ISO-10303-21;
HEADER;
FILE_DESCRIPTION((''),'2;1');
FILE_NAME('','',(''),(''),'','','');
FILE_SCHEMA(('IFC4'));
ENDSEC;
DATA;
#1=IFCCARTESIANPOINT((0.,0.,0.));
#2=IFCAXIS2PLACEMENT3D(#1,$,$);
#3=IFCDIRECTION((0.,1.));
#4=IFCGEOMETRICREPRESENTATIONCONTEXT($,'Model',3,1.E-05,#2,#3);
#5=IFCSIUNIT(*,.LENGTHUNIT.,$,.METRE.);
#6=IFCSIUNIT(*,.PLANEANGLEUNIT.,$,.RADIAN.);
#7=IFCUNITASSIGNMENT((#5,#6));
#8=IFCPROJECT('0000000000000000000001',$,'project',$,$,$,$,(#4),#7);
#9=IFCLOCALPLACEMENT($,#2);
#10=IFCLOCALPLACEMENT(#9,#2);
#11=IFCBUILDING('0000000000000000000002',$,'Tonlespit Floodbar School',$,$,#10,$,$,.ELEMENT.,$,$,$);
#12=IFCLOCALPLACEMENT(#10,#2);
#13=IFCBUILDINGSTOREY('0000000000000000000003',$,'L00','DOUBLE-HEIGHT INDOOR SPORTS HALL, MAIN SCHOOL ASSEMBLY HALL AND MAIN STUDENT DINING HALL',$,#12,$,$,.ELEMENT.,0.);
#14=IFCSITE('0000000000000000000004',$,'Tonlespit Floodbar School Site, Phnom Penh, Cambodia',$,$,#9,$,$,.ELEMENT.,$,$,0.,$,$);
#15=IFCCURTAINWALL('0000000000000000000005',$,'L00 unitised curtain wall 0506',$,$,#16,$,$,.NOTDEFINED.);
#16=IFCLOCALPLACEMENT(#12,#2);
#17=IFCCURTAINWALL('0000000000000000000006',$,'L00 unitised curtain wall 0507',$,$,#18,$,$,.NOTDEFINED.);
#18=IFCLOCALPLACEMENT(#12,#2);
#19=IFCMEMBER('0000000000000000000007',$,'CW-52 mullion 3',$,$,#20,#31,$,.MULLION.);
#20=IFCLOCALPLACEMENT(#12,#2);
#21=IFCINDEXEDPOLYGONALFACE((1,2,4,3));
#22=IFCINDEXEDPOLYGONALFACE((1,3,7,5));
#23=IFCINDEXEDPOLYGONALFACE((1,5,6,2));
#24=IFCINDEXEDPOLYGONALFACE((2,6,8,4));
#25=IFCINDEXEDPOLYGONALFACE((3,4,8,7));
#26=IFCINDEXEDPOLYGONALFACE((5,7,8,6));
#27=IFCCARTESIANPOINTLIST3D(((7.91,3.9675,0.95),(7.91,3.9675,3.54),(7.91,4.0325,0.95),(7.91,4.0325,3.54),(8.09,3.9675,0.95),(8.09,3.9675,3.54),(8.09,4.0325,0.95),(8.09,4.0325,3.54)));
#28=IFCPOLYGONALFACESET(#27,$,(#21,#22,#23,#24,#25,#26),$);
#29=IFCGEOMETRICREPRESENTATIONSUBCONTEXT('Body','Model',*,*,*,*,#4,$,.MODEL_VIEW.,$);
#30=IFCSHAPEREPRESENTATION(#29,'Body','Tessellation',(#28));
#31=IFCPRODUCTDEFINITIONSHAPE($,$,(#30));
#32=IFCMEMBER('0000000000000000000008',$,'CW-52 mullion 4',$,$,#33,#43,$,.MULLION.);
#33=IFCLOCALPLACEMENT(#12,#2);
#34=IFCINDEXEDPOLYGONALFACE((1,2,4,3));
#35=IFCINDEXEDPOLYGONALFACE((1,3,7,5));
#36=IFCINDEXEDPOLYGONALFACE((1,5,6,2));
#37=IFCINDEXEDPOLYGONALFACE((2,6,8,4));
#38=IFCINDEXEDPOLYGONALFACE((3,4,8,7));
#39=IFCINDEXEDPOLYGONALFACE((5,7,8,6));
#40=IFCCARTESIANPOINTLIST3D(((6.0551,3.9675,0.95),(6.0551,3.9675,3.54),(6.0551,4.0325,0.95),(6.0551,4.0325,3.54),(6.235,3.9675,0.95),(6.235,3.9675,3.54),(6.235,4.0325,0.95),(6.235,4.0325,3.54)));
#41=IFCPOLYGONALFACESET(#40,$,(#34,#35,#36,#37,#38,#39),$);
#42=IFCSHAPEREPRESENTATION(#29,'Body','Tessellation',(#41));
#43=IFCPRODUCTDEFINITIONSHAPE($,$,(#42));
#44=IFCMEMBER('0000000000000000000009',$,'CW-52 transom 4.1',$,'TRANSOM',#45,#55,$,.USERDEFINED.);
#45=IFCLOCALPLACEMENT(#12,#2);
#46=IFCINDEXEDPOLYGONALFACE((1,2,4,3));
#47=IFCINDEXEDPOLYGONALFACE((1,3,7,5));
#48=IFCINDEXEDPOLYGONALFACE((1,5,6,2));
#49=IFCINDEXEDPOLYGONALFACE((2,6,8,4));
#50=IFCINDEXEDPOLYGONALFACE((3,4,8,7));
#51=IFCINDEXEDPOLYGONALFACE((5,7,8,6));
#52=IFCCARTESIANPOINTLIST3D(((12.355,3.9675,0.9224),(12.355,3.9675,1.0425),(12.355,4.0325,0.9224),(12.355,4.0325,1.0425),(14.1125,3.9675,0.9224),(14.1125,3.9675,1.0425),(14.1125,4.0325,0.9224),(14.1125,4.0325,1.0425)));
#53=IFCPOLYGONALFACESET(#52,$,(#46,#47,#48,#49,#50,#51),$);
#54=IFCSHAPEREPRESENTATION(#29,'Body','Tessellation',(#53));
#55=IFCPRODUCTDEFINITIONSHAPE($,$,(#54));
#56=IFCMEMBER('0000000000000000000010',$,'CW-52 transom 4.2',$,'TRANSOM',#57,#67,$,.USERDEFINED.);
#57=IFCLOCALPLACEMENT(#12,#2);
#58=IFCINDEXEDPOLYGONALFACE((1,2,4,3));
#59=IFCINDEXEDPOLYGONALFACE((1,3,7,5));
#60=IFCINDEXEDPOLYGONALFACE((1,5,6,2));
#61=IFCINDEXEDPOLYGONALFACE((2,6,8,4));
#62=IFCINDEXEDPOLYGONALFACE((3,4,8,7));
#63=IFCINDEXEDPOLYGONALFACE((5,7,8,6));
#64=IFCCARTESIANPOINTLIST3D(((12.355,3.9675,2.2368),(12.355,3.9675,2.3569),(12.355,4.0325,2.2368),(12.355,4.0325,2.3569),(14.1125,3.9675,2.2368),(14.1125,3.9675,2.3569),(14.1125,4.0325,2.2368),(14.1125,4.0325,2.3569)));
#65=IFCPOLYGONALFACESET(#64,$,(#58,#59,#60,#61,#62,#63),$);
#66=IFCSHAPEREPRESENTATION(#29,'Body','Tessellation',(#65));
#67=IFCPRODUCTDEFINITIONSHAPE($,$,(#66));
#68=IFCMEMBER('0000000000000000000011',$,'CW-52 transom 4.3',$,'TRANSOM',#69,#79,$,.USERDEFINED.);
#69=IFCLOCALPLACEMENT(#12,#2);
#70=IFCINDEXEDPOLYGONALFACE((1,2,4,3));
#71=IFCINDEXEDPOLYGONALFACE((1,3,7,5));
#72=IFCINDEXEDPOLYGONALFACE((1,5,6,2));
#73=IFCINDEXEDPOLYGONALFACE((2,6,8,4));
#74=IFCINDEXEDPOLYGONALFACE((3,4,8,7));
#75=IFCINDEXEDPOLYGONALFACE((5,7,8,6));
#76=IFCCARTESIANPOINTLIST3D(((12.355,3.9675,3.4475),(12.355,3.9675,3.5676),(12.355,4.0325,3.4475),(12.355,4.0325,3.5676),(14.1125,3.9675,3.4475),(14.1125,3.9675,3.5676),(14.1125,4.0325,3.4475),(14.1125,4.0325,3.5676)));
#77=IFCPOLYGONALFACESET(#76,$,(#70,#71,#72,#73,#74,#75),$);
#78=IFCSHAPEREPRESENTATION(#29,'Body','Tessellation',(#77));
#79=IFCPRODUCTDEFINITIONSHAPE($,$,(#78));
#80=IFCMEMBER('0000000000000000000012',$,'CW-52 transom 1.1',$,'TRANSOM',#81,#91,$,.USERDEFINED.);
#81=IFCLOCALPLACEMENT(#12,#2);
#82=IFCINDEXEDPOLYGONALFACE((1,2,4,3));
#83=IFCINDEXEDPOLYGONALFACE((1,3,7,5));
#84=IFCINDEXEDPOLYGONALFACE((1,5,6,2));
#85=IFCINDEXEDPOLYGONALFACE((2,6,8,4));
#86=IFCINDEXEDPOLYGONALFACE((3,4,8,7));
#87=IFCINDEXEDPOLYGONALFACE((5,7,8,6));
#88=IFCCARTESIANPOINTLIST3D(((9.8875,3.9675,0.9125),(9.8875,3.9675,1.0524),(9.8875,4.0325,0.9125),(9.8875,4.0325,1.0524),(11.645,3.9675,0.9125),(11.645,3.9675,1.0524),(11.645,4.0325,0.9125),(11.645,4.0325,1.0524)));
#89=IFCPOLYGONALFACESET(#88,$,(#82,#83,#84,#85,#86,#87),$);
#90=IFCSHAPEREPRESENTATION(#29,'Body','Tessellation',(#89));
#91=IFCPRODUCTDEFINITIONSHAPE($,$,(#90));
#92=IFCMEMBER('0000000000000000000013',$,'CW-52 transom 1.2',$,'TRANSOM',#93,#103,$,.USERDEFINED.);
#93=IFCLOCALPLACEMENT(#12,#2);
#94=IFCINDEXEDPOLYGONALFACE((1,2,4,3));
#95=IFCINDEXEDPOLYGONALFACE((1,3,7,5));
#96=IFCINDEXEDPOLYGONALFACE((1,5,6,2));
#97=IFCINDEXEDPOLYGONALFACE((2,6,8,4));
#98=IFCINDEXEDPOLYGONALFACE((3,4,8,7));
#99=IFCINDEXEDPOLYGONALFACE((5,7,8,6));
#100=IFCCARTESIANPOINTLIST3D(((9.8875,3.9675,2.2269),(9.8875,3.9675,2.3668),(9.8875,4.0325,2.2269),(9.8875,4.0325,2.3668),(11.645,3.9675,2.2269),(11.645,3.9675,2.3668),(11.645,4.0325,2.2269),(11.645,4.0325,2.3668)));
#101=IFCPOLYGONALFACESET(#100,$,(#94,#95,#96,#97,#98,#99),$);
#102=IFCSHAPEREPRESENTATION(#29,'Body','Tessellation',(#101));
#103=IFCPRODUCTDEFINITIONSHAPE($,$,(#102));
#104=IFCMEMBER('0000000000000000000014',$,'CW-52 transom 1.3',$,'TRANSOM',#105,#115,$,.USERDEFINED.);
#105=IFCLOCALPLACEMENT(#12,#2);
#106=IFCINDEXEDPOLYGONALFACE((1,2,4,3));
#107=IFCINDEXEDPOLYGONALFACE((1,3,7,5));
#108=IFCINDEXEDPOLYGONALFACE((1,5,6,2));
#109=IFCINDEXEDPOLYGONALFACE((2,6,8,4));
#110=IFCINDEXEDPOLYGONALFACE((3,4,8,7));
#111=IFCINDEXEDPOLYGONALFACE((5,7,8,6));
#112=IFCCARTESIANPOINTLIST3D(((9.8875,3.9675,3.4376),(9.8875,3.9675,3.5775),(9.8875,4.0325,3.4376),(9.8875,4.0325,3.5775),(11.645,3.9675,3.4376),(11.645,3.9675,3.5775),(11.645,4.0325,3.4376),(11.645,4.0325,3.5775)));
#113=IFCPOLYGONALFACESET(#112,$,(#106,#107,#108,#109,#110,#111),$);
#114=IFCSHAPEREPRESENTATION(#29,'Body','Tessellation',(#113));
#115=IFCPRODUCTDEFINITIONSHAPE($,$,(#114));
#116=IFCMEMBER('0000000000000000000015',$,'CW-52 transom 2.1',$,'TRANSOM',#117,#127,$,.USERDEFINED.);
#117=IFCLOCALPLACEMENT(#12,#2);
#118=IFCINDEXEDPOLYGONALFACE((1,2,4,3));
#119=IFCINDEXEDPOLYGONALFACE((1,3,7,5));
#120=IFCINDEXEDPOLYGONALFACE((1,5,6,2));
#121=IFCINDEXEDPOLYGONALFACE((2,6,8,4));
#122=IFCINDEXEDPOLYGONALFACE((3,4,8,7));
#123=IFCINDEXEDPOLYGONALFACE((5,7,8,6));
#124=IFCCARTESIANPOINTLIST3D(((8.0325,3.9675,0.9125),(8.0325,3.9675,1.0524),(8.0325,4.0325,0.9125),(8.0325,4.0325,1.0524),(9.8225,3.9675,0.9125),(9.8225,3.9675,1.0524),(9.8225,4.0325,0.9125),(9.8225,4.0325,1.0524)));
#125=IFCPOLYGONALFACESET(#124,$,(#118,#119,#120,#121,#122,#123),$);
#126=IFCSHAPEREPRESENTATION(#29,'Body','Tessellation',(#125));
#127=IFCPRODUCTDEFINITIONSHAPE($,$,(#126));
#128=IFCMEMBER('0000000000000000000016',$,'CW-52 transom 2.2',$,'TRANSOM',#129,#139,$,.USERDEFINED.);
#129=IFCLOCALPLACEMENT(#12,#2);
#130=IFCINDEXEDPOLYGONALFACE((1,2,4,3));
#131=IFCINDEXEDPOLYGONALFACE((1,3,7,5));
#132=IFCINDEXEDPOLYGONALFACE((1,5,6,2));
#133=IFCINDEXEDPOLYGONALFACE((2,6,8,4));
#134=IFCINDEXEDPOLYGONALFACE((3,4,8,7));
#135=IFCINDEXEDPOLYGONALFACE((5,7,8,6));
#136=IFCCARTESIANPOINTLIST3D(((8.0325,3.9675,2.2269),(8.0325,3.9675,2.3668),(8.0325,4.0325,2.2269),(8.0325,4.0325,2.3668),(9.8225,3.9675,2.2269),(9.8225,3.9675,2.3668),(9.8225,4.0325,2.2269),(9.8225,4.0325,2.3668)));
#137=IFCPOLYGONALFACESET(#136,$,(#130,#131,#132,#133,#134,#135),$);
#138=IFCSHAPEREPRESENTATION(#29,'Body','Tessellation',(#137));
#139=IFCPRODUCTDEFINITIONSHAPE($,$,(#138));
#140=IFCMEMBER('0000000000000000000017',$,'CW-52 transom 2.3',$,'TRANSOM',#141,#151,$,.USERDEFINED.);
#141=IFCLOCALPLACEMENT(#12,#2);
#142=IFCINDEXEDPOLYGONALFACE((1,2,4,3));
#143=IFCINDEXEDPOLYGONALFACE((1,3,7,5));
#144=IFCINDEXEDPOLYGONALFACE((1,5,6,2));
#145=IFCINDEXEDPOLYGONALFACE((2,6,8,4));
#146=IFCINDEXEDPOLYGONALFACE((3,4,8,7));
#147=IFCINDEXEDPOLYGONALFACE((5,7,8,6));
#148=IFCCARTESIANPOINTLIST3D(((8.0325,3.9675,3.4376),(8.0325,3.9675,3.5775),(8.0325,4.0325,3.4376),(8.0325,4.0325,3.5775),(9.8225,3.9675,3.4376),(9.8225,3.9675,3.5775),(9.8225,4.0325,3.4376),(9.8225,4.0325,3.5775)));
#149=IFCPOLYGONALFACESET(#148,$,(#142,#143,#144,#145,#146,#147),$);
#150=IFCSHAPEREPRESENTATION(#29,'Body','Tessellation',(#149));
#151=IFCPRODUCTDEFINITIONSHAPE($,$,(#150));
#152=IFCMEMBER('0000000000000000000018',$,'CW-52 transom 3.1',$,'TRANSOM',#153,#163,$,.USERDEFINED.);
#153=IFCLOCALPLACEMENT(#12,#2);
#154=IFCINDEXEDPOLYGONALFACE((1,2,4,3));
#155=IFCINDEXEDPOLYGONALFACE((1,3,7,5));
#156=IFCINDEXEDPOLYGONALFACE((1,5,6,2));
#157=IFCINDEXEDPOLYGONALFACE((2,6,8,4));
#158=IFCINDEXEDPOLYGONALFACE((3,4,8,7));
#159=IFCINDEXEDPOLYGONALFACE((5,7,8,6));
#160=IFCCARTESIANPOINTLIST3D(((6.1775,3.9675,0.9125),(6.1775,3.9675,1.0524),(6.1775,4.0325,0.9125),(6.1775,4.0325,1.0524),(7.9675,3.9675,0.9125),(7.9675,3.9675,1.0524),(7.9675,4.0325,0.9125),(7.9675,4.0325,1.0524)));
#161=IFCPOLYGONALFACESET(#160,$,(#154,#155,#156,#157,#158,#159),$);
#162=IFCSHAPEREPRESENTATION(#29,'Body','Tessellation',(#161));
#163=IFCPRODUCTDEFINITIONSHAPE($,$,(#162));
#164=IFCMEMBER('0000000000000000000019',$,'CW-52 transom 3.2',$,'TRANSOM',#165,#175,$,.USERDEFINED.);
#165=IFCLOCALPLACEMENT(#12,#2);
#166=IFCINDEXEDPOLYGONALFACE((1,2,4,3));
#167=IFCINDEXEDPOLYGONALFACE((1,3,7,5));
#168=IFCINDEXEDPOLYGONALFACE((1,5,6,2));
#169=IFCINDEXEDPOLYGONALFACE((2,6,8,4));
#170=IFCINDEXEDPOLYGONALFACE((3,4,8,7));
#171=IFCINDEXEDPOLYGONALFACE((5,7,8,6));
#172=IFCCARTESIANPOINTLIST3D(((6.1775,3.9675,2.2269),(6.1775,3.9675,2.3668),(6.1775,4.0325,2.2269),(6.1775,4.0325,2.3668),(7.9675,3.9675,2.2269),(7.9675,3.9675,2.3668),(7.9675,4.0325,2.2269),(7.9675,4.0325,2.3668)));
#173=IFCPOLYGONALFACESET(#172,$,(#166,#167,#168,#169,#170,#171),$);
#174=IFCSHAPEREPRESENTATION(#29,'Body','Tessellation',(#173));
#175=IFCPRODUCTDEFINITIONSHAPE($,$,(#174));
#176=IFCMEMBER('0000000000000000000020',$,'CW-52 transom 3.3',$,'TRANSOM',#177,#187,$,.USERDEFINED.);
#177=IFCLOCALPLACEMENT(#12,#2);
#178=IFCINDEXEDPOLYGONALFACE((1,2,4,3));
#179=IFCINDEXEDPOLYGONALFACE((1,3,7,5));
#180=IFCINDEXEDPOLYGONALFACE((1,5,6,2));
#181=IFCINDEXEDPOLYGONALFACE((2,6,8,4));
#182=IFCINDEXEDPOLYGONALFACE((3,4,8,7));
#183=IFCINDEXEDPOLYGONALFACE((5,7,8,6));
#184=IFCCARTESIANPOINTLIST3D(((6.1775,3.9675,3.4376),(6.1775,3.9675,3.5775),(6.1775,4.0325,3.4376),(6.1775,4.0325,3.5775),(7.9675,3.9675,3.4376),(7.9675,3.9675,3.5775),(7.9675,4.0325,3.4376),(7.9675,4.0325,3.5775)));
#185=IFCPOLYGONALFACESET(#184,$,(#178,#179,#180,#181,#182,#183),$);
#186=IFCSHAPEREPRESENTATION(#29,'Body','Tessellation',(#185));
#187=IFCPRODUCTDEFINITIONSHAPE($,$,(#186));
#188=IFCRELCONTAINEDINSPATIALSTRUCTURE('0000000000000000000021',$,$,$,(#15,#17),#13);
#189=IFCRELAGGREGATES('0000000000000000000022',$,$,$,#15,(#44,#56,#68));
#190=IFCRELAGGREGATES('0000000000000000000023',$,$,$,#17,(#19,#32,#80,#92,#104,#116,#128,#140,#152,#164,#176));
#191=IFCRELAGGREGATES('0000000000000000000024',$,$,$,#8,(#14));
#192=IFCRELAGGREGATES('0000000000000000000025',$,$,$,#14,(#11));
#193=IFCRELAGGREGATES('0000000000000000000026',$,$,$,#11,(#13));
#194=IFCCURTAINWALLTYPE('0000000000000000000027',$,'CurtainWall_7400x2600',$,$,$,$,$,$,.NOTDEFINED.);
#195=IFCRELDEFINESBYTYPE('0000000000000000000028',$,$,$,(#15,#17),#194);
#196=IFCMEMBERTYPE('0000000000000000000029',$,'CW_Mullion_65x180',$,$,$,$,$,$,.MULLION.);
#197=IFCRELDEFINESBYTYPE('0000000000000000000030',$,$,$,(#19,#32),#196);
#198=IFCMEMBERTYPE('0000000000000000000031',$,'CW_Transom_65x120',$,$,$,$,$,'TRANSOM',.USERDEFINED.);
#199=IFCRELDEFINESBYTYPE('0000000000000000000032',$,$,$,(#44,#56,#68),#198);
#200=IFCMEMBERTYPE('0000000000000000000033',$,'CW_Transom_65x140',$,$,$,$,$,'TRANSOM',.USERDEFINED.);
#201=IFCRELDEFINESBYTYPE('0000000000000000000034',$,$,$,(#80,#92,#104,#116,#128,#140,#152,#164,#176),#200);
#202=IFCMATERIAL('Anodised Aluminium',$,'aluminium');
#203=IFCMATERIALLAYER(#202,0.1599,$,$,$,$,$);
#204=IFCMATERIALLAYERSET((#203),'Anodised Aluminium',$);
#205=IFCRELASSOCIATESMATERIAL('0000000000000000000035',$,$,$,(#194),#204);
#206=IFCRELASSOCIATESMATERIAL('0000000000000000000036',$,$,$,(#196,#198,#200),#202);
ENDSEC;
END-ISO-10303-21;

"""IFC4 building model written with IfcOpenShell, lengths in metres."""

from ifc_helpers import new_model, si_unit, direction, frame, origin, origin_2d, place, context, subcontext, project, spatial, rectangle, extrude, material, layer, layer_set, material_profile, profile_set, type_object, element, aggregate, save


model = new_model("IFC4")

# Units and contexts
model_context = context("Model", 3, precision=1e-05, world=origin(), true_north=direction((0.0, 1.0)))
body_context = subcontext(model_context, "Body", "Model", "MODEL_VIEW")
ifc_project = project(units=[si_unit("LENGTHUNIT", "METRE"), si_unit("PLANEANGLEUNIT", "RADIAN")], contexts=[model_context])

# Site, building, storey
site_placement = place(None, origin())
site = spatial("IfcSite", under=ifc_project, at=site_placement, Name="Tonlespit Floodbar School Site, Phnom Penh, Cambodia", CompositionType="ELEMENT", RefElevation=0.0)
building_placement = place(site_placement, origin())
building = spatial("IfcBuilding", under=site, at=building_placement, Name="Tonlespit Floodbar School", CompositionType="ELEMENT")
storey_placement = place(building_placement, origin())
storey = spatial("IfcBuildingStorey", under=building, at=storey_placement, Name="L00", Description="DOUBLE-HEIGHT INDOOR SPORTS HALL, MAIN SCHOOL ASSEMBLY HALL AND MAIN STUDENT DINING HALL", CompositionType="ELEMENT", Elevation=0.0)

# Curtain walls, members
ifc_material_1 = material(Name="Anodised Aluminium", Category="aluminium")
ifc_layer_1 = layer(ifc_material_1, 0.1599)
ifc_layer_set_1 = layer_set([ifc_layer_1], Name="Anodised Aluminium")
curtain_wall_type = type_object("IfcCurtainWallType", Name="CurtainWall_7400x2600", PredefinedType="NOTDEFINED", material=ifc_layer_set_1)
curtain_wall_1_placement = place(storey_placement, origin())
curtain_wall_1 = element("IfcCurtainWall", 1, at=curtain_wall_1_placement, inside=storey, type_object=curtain_wall_type, Name="L00 unitised curtain wall 0506", PredefinedType="NOTDEFINED")
curtain_wall_2_placement = place(storey_placement, origin())
curtain_wall_2 = element("IfcCurtainWall", 2, at=curtain_wall_2_placement, inside=storey, type_object=curtain_wall_type, Name="L00 unitised curtain wall 0507", PredefinedType="NOTDEFINED")
ifc_material_profile_1 = material_profile(ifc_material_1, rectangle(XDim=0.0649, YDim=0.1799, at=origin_2d()), Name="ALU M65x180")
ifc_profile_set_1 = profile_set([ifc_material_profile_1], Name="Anodised Aluminium")
member_type_1 = type_object("IfcMemberType", Name="CW_Mullion_65x180", PredefinedType="MULLION", material=ifc_profile_set_1)
member_1_placement = place(storey_placement, frame((8.0, 4.0, 0.95), z_axis=(0.0, 0.0, 1.0), x_axis=(0.0, -1.0, 0.0)))
member_1 = element("IfcMember", 3, at=member_1_placement, type_object=member_type_1, Name="CW-52 mullion 3", PredefinedType="MULLION", context=body_context, shape_type="SweptSolid", body=[
    extrude(rectangle(XDim=0.0649, YDim=0.1799, at=origin_2d()), origin(), (0.0, 0.0, 1.0), 2.5901),
])
member_2_placement = place(storey_placement, frame((6.145, 4.0, 0.95), z_axis=(0.0, 0.0, 1.0), x_axis=(0.0, -1.0, 0.0)))
member_2 = element("IfcMember", 4, at=member_2_placement, type_object=member_type_1, Name="CW-52 mullion 4", PredefinedType="MULLION", context=body_context, shape_type="SweptSolid", body=[
    extrude(rectangle(XDim=0.0649, YDim=0.1799, at=origin_2d()), origin(), (0.0, 0.0, 1.0), 2.5901),
])

# Members
ifc_material_profile_2 = material_profile(ifc_material_1, rectangle(XDim=0.0649, YDim=0.1201, at=origin_2d()), Name="ALU T65x120")
ifc_profile_set_2 = profile_set([ifc_material_profile_2], Name="Anodised Aluminium")
member_type_2 = type_object("IfcMemberType", Name="CW_Transom_65x120", ElementType="TRANSOM", PredefinedType="USERDEFINED", material=ifc_profile_set_2)
member_3_placement = place(storey_placement, frame((14.1125, 4.0, 0.9824), z_axis=(-1.0, 0.0, 0.0), x_axis=(0.0, -1.0, 0.0)))
member_3 = element("IfcMember", 5, at=member_3_placement, type_object=member_type_2, Name="CW-52 transom 4.1", ObjectType="TRANSOM", PredefinedType="USERDEFINED", context=body_context, shape_type="SweptSolid", body=[
    extrude(rectangle(XDim=0.0649, YDim=0.1201, at=origin_2d()), origin(), (0.0, 0.0, 1.0), 1.7576),
])
member_4_placement = place(storey_placement, frame((14.1125, 4.0, 2.2969), z_axis=(-1.0, 0.0, 0.0), x_axis=(0.0, -1.0, 0.0)))
member_4 = element("IfcMember", 6, at=member_4_placement, type_object=member_type_2, Name="CW-52 transom 4.2", ObjectType="TRANSOM", PredefinedType="USERDEFINED", context=body_context, shape_type="SweptSolid", body=[
    extrude(rectangle(XDim=0.0649, YDim=0.1201, at=origin_2d()), origin(), (0.0, 0.0, 1.0), 1.7576),
])
member_5_placement = place(storey_placement, frame((14.1125, 4.0, 3.5076), z_axis=(-1.0, 0.0, 0.0), x_axis=(0.0, -1.0, 0.0)))
member_5 = element("IfcMember", 7, at=member_5_placement, type_object=member_type_2, Name="CW-52 transom 4.3", ObjectType="TRANSOM", PredefinedType="USERDEFINED", context=body_context, shape_type="SweptSolid", body=[
    extrude(rectangle(XDim=0.0649, YDim=0.1201, at=origin_2d()), origin(), (0.0, 0.0, 1.0), 1.7576),
])
ifc_material_profile_3 = material_profile(ifc_material_1, rectangle(XDim=0.0649, YDim=0.1399, at=origin_2d()), Name="ALU T65x140")
ifc_profile_set_3 = profile_set([ifc_material_profile_3], Name="Anodised Aluminium")
member_type_3 = type_object("IfcMemberType", Name="CW_Transom_65x140", ElementType="TRANSOM", PredefinedType="USERDEFINED", material=ifc_profile_set_3)
member_6_placement = place(storey_placement, frame((11.645, 4.0, 0.9824), z_axis=(-1.0, 0.0, 0.0), x_axis=(0.0, -1.0, 0.0)))
member_6 = element("IfcMember", 8, at=member_6_placement, type_object=member_type_3, Name="CW-52 transom 1.1", ObjectType="TRANSOM", PredefinedType="USERDEFINED", context=body_context, shape_type="SweptSolid", body=[
    extrude(rectangle(XDim=0.0649, YDim=0.1399, at=origin_2d()), origin(), (0.0, 0.0, 1.0), 1.7576),
])
member_7_placement = place(storey_placement, frame((11.645, 4.0, 2.2969), z_axis=(-1.0, 0.0, 0.0), x_axis=(0.0, -1.0, 0.0)))
member_7 = element("IfcMember", 9, at=member_7_placement, type_object=member_type_3, Name="CW-52 transom 1.2", ObjectType="TRANSOM", PredefinedType="USERDEFINED", context=body_context, shape_type="SweptSolid", body=[
    extrude(rectangle(XDim=0.0649, YDim=0.1399, at=origin_2d()), origin(), (0.0, 0.0, 1.0), 1.7576),
])
member_8_placement = place(storey_placement, frame((11.645, 4.0, 3.5076), z_axis=(-1.0, 0.0, 0.0), x_axis=(0.0, -1.0, 0.0)))
member_8 = element("IfcMember", 10, at=member_8_placement, type_object=member_type_3, Name="CW-52 transom 1.3", ObjectType="TRANSOM", PredefinedType="USERDEFINED", context=body_context, shape_type="SweptSolid", body=[
    extrude(rectangle(XDim=0.0649, YDim=0.1399, at=origin_2d()), origin(), (0.0, 0.0, 1.0), 1.7576),
])
member_9_placement = place(storey_placement, frame((9.8225, 4.0, 0.9824), z_axis=(-1.0, 0.0, 0.0), x_axis=(0.0, -1.0, 0.0)))
member_9 = element("IfcMember", 11, at=member_9_placement, type_object=member_type_3, Name="CW-52 transom 2.1", ObjectType="TRANSOM", PredefinedType="USERDEFINED", context=body_context, shape_type="SweptSolid", body=[
    extrude(rectangle(XDim=0.0649, YDim=0.1399, at=origin_2d()), origin(), (0.0, 0.0, 1.0), 1.79),
])
member_10_placement = place(storey_placement, frame((9.8225, 4.0, 2.2969), z_axis=(-1.0, 0.0, 0.0), x_axis=(0.0, -1.0, 0.0)))
member_10 = element("IfcMember", 12, at=member_10_placement, type_object=member_type_3, Name="CW-52 transom 2.2", ObjectType="TRANSOM", PredefinedType="USERDEFINED", context=body_context, shape_type="SweptSolid", body=[
    extrude(rectangle(XDim=0.0649, YDim=0.1399, at=origin_2d()), origin(), (0.0, 0.0, 1.0), 1.79),
])
member_11_placement = place(storey_placement, frame((9.8225, 4.0, 3.5076), z_axis=(-1.0, 0.0, 0.0), x_axis=(0.0, -1.0, 0.0)))
member_11 = element("IfcMember", 13, at=member_11_placement, type_object=member_type_3, Name="CW-52 transom 2.3", ObjectType="TRANSOM", PredefinedType="USERDEFINED", context=body_context, shape_type="SweptSolid", body=[
    extrude(rectangle(XDim=0.0649, YDim=0.1399, at=origin_2d()), origin(), (0.0, 0.0, 1.0), 1.79),
])
member_12_placement = place(storey_placement, frame((7.9675, 4.0, 0.9824), z_axis=(-1.0, 0.0, 0.0), x_axis=(0.0, -1.0, 0.0)))
member_12 = element("IfcMember", 14, at=member_12_placement, type_object=member_type_3, Name="CW-52 transom 3.1", ObjectType="TRANSOM", PredefinedType="USERDEFINED", context=body_context, shape_type="SweptSolid", body=[
    extrude(rectangle(XDim=0.0649, YDim=0.1399, at=origin_2d()), origin(), (0.0, 0.0, 1.0), 1.79),
])
member_13_placement = place(storey_placement, frame((7.9675, 4.0, 2.2969), z_axis=(-1.0, 0.0, 0.0), x_axis=(0.0, -1.0, 0.0)))
member_13 = element("IfcMember", 15, at=member_13_placement, type_object=member_type_3, Name="CW-52 transom 3.2", ObjectType="TRANSOM", PredefinedType="USERDEFINED", context=body_context, shape_type="SweptSolid", body=[
    extrude(rectangle(XDim=0.0649, YDim=0.1399, at=origin_2d()), origin(), (0.0, 0.0, 1.0), 1.79),
])
member_14_placement = place(storey_placement, frame((7.9675, 4.0, 3.5076), z_axis=(-1.0, 0.0, 0.0), x_axis=(0.0, -1.0, 0.0)))
member_14 = element("IfcMember", 16, at=member_14_placement, type_object=member_type_3, Name="CW-52 transom 3.3", ObjectType="TRANSOM", PredefinedType="USERDEFINED", context=body_context, shape_type="SweptSolid", body=[
    extrude(rectangle(XDim=0.0649, YDim=0.1399, at=origin_2d()), origin(), (0.0, 0.0, 1.0), 1.79),
])

aggregate(curtain_wall_1, [member_3, member_4, member_5])
aggregate(curtain_wall_2, [member_1, member_2, member_6, member_7, member_8, member_9, member_10, member_11, member_12, member_13, member_14])

save(model, "model.ifc")
